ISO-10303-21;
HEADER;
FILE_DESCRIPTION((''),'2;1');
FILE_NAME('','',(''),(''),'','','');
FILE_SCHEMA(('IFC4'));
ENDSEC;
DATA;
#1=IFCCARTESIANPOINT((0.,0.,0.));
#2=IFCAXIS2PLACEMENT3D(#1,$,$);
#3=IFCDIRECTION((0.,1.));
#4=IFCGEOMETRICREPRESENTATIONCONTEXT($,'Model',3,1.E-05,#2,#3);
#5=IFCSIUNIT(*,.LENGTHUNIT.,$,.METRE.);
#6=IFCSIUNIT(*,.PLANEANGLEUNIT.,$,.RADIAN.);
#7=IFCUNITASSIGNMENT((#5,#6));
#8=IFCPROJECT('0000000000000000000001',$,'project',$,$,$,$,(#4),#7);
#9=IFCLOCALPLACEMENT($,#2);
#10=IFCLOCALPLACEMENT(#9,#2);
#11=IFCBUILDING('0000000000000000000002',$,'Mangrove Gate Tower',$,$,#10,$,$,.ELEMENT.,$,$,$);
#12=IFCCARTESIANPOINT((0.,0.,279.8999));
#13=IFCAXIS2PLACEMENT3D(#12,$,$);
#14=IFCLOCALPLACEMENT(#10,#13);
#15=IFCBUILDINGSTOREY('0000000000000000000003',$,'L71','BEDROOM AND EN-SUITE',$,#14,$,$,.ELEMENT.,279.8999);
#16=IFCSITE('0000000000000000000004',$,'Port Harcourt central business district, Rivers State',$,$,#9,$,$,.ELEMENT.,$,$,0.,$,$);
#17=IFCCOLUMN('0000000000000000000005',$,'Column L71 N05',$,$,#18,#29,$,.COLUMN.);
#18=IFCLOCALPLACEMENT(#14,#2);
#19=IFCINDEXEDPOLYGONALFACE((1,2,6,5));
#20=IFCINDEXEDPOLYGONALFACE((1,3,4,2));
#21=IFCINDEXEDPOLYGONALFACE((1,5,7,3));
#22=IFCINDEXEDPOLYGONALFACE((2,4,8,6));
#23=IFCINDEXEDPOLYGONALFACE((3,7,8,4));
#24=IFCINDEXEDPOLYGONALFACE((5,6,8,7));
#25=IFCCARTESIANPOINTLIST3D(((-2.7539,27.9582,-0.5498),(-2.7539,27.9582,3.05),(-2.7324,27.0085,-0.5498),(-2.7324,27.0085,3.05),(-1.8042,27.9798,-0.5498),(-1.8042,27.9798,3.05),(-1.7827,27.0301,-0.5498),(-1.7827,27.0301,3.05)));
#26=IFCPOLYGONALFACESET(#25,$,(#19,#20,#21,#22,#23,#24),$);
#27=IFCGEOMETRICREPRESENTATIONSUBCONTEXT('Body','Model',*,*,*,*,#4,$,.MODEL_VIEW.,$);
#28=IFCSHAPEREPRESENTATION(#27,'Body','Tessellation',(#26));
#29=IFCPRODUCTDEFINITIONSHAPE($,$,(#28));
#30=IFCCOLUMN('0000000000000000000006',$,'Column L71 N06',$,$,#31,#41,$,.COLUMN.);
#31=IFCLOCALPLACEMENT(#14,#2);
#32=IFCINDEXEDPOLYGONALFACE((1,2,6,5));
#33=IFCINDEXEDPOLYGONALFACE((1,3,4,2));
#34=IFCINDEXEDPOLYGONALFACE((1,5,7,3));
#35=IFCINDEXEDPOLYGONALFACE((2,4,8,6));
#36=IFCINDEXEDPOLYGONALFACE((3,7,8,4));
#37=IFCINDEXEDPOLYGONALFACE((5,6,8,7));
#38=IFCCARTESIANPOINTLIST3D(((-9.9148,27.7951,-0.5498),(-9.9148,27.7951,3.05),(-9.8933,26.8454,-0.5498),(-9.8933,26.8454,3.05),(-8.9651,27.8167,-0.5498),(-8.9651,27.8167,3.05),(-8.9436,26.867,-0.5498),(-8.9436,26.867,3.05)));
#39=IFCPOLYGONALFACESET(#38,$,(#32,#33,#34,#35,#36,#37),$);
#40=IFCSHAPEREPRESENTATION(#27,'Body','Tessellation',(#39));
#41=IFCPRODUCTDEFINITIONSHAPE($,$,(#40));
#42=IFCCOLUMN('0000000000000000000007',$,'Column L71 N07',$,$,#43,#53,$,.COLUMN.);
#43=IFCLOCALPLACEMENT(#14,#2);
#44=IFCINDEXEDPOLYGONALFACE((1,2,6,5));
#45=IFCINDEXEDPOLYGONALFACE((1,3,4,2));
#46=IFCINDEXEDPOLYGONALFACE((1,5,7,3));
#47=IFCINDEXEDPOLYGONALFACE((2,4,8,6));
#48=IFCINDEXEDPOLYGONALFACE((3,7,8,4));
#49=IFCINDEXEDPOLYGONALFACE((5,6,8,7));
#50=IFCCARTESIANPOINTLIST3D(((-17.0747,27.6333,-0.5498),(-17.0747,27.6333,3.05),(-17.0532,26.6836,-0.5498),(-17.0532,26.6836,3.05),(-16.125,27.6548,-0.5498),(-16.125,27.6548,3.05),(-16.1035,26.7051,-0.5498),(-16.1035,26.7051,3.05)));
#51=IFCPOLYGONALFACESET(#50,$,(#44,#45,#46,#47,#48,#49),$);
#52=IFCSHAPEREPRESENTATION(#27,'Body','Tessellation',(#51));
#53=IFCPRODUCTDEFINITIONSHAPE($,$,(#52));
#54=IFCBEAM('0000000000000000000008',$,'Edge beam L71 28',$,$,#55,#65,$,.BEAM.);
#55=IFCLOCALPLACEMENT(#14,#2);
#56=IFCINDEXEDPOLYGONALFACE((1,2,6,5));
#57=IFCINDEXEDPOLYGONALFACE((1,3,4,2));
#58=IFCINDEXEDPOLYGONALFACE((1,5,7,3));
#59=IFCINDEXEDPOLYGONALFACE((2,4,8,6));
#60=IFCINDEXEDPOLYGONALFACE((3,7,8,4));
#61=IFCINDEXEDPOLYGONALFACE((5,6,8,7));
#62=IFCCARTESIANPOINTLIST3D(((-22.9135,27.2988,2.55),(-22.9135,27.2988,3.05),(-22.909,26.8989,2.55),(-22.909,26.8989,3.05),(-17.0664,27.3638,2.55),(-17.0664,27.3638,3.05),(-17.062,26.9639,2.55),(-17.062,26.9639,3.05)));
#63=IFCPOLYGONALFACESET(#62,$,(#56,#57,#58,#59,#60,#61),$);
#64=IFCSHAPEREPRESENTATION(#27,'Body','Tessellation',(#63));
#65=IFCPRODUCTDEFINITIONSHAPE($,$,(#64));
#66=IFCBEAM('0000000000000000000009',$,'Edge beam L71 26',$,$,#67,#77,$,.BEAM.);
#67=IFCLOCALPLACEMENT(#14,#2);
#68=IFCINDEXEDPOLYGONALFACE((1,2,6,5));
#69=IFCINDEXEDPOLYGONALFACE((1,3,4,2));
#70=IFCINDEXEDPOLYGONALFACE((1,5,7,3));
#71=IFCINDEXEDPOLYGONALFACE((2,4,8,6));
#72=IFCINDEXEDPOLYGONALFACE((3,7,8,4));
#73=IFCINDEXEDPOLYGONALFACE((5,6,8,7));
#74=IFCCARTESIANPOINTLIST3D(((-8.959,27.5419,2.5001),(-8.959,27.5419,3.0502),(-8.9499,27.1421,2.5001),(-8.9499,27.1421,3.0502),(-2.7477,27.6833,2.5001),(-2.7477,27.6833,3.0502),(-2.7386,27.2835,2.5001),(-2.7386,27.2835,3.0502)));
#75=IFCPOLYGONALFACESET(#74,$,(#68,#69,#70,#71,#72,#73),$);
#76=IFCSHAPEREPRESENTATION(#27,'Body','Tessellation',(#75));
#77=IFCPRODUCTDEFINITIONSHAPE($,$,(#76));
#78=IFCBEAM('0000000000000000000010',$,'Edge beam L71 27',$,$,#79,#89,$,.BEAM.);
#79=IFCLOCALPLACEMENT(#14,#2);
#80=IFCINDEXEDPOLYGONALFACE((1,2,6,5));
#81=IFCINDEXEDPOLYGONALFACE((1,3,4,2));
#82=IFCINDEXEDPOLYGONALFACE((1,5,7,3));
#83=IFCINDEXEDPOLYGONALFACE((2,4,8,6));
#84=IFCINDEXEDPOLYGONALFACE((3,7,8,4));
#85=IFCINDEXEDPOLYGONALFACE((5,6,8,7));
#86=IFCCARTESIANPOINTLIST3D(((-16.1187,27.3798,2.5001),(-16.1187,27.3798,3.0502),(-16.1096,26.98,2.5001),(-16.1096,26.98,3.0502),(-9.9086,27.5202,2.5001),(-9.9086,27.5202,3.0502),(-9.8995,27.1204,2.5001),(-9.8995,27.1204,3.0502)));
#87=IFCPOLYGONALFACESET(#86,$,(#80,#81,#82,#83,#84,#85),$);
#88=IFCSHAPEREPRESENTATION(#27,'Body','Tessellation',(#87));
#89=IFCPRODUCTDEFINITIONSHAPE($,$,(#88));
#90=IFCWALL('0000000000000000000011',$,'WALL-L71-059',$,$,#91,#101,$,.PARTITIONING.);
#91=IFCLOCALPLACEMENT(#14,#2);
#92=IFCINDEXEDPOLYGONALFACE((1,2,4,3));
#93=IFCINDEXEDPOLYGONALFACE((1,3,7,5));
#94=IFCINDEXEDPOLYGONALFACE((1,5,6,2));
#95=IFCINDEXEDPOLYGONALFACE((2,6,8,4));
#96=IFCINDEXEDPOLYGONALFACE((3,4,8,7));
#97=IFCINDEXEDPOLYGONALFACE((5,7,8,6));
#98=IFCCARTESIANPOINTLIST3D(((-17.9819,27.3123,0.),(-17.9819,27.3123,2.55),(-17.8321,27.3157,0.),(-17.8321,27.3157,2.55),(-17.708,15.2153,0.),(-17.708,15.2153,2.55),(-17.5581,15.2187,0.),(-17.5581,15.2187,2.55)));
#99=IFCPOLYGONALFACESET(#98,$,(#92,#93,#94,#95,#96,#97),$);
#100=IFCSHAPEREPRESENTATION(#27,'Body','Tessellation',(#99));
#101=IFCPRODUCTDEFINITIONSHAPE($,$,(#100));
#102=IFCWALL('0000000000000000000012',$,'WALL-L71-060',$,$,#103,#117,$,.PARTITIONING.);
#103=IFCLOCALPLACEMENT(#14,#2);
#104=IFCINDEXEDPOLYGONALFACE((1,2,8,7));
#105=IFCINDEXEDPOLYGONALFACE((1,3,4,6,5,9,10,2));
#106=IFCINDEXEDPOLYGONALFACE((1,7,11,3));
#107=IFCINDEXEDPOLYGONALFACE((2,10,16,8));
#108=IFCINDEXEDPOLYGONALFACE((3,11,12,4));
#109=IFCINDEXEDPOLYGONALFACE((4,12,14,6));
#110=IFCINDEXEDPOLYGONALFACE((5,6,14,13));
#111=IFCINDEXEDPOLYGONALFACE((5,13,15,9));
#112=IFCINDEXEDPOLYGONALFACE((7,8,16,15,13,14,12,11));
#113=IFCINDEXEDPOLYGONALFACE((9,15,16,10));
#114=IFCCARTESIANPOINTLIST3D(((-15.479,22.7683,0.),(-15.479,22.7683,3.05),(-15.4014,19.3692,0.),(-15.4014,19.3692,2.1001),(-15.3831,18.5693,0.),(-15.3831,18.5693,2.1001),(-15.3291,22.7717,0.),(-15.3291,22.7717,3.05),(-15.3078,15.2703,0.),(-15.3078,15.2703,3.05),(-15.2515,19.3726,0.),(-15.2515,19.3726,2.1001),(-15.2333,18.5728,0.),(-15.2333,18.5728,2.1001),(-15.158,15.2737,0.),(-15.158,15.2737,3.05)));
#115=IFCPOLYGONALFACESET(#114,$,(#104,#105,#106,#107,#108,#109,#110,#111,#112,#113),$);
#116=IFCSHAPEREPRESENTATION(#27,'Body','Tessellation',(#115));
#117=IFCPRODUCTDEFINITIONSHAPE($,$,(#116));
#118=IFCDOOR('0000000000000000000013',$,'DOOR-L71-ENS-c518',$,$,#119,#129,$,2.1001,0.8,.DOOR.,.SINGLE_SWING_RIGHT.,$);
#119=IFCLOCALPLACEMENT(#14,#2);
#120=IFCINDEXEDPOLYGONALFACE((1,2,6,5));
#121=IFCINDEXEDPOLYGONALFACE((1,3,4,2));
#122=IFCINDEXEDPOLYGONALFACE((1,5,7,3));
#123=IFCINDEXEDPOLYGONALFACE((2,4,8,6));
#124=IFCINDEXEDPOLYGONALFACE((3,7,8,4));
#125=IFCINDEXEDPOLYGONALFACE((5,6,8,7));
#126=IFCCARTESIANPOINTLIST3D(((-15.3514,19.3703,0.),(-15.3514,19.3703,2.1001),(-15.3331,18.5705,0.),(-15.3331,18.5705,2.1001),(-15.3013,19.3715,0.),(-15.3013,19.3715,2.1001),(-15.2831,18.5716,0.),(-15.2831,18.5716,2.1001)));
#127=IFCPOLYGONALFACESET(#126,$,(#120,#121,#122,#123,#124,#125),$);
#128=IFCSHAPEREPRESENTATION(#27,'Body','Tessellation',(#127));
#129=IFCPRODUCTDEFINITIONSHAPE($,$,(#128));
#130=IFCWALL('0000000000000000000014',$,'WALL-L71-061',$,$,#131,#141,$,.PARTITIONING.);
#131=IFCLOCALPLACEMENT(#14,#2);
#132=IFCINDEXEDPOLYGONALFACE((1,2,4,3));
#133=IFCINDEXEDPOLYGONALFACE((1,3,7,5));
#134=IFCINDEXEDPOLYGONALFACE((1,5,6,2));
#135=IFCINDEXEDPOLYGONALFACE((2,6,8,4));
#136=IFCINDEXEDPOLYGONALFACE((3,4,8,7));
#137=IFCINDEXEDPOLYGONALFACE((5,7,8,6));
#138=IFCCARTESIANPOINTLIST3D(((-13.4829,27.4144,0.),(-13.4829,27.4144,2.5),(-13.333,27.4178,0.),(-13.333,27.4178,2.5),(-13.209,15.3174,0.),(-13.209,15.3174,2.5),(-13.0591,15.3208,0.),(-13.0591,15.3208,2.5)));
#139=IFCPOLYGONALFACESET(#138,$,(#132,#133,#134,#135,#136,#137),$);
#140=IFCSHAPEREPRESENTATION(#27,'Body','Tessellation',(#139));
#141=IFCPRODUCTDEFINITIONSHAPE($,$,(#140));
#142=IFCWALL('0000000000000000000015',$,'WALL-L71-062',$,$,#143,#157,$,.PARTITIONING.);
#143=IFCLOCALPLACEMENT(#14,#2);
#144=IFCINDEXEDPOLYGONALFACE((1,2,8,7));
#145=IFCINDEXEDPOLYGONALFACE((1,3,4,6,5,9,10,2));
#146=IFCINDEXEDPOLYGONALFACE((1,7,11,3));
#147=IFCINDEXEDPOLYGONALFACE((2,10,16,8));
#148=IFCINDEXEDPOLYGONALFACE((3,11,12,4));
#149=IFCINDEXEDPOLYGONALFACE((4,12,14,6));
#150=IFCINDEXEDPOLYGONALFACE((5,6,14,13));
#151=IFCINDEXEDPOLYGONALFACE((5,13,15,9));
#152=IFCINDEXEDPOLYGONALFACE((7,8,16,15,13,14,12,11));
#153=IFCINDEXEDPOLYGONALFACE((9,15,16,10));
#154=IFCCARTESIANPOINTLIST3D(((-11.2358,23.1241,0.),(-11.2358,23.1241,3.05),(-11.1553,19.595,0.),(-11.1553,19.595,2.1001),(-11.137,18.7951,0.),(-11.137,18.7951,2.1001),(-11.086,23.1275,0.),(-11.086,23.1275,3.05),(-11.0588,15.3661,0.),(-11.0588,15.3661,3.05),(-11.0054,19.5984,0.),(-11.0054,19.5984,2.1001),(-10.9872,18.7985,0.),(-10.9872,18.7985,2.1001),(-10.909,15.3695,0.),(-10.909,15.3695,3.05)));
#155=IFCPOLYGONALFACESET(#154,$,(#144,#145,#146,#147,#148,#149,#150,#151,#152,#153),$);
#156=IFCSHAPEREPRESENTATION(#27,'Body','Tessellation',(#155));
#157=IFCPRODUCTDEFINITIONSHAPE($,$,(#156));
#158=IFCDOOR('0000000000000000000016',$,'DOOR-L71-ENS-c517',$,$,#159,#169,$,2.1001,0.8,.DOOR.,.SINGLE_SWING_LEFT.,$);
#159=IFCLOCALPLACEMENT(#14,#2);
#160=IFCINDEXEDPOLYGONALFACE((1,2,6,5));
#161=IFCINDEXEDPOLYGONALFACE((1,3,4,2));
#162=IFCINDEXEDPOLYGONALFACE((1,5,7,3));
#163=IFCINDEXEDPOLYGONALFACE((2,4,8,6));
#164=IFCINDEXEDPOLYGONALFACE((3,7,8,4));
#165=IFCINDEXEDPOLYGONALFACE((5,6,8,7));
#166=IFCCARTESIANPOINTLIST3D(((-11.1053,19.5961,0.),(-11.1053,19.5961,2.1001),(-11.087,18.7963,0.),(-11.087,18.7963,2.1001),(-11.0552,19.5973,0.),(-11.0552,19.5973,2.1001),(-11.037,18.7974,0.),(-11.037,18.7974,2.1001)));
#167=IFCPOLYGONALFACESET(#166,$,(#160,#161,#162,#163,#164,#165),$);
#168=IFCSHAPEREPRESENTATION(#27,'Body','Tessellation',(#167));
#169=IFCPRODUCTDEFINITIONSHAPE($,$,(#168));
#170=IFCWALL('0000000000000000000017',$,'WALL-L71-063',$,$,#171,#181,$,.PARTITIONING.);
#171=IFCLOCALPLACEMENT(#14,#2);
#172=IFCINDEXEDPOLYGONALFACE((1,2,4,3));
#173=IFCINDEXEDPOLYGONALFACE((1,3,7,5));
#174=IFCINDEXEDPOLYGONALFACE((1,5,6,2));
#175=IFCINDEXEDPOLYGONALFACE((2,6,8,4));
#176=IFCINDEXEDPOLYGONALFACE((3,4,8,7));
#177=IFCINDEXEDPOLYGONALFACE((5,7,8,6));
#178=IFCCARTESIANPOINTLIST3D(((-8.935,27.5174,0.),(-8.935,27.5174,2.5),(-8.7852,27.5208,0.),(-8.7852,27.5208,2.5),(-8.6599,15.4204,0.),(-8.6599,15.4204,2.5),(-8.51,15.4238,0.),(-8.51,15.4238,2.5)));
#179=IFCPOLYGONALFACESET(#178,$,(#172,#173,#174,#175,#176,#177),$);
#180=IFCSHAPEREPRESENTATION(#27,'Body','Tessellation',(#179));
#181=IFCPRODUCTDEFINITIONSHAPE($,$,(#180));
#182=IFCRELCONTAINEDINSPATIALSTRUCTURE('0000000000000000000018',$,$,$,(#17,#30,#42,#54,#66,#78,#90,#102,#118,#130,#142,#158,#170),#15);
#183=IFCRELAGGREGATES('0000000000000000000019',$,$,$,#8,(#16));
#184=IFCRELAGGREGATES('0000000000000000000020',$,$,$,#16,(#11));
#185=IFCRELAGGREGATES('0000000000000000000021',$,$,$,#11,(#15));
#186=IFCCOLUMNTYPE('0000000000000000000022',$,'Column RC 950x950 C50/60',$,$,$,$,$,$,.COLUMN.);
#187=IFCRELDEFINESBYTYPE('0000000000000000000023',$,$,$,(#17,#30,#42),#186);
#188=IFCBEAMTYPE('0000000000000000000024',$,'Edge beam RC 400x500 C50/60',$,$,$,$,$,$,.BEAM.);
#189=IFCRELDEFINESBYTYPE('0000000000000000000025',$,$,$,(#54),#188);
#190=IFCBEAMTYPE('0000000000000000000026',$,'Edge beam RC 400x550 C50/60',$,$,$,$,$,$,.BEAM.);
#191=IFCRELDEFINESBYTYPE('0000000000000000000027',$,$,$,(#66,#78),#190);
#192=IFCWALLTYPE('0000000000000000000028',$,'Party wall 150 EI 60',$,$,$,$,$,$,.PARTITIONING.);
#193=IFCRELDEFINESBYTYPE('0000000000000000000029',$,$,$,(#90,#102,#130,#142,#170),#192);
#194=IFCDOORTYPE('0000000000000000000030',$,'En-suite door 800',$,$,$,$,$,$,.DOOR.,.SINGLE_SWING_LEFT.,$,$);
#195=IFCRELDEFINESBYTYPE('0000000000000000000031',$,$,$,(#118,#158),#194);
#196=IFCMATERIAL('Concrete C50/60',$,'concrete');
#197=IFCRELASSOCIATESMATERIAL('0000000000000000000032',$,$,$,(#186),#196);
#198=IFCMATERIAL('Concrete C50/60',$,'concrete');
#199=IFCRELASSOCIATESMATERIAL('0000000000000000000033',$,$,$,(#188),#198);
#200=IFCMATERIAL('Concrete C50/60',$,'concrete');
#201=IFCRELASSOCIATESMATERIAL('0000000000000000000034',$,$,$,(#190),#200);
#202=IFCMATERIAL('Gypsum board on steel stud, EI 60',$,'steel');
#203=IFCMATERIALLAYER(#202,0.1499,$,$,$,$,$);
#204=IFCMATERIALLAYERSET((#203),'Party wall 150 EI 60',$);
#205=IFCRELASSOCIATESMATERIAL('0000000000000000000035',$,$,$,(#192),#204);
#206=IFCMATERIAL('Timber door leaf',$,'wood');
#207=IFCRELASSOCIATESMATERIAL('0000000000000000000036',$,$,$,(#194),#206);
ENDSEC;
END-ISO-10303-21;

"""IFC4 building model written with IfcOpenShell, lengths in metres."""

from ifc_helpers import new_model, si_unit, direction, frame, frame_2d, origin, origin_2d, place, context, subcontext, project, spatial, rectangle, extrude, material, layer, layer_set, material_profile, profile_set, type_object, element, fill, save


model = new_model("IFC4")

# Units and contexts
model_context = context("Model", 3, precision=1e-05, world=origin(), true_north=direction((0.0, 1.0)))
body_context = subcontext(model_context, "Body", "Model", "MODEL_VIEW")
ifc_project = project(units=[si_unit("LENGTHUNIT", "METRE"), si_unit("PLANEANGLEUNIT", "RADIAN")], contexts=[model_context])

# Site, building, storey
site_placement = place(None, origin())
site = spatial("IfcSite", under=ifc_project, at=site_placement, Name="Port Harcourt central business district, Rivers State", CompositionType="ELEMENT", RefElevation=0.0)
building_placement = place(site_placement, origin())
building = spatial("IfcBuilding", under=site, at=building_placement, Name="Mangrove Gate Tower", CompositionType="ELEMENT")
storey_placement = place(building_placement, frame((0.0, 0.0, 279.8999)))
storey = spatial("IfcBuildingStorey", under=building, at=storey_placement, Name="L71", Description="BEDROOM AND EN-SUITE", CompositionType="ELEMENT", Elevation=279.8999)

# Columns
ifc_material_1 = material(Name="Concrete C50/60", Category="concrete")
ifc_material_profile_1 = material_profile(ifc_material_1, rectangle(XDim=0.95, YDim=0.95, at=origin_2d()))
ifc_profile_set_1 = profile_set([ifc_material_profile_1], Name="Concrete C50/60")
column_type = type_object("IfcColumnType", Name="Column RC 950x950 C50/60", PredefinedType="COLUMN", material=ifc_profile_set_1)
for number, where, z_axis, x_axis, name in (
    (1, (-2.2683, 27.4941, -0.5498), (0.0, 0.0, 1.0), (-0.999743, -0.022688, 0.0), "Column L71 N05"),
    (2, (-9.4292, 27.3311, -0.5498), (0.0, 0.0, 1.0), (-0.999743, -0.022688, 0.0), "Column L71 N06"),
    (3, (-16.5891, 27.1692, -0.5498), (0.0, 0.0, 1.0), (-0.999743, -0.022688, 0.0), "Column L71 N07"),
):
    element("IfcColumn", number, at=place(storey_placement, frame(where, z_axis=z_axis, x_axis=x_axis)), inside=storey, type_object=column_type, Name=name, PredefinedType="COLUMN", context=body_context, shape_type="SweptSolid", body=[
        extrude(rectangle(XDim=0.95, YDim=0.95, at=origin_2d()), origin(), (0.0, 0.0, 1.0), 3.5999),
    ])

# Beams
ifc_material_2 = material(Name="Concrete C50/60", Category="concrete")
ifc_material_profile_2 = material_profile(ifc_material_2, rectangle(XDim=0.3999, YDim=0.5, at=origin_2d()))
ifc_profile_set_2 = profile_set([ifc_material_profile_2], Name="Concrete C50/60")
beam_type_1 = type_object("IfcBeamType", Name="Edge beam RC 400x500 C50/60", PredefinedType="BEAM", material=ifc_profile_set_2)
beam_1_placement = place(storey_placement, frame((-17.0642, 27.1638, 2.8), z_axis=(-0.999938, -0.011106, 0.0), x_axis=(0.011106, -0.999938, 0.0)))
element("IfcBeam", 4, at=beam_1_placement, inside=storey, type_object=beam_type_1, Name="Edge beam L71 28", PredefinedType="BEAM", context=body_context, shape_type="SweptSolid", body=[
    extrude(rectangle(XDim=0.3999, YDim=0.5, at=origin_2d()), origin(), (0.0, 0.0, 1.0), 5.8474),
])
ifc_material_3 = material(Name="Concrete C50/60", Category="concrete")
ifc_material_profile_3 = material_profile(ifc_material_3, rectangle(XDim=0.3999, YDim=0.55, at=origin_2d()))
ifc_profile_set_3 = profile_set([ifc_material_profile_3], Name="Concrete C50/60")
beam_type_2 = type_object("IfcBeamType", Name="Edge beam RC 400x550 C50/60", PredefinedType="BEAM", material=ifc_profile_set_3)
beam_2_placement = place(storey_placement, frame((-2.7432, 27.4834, 2.7751), z_axis=(-0.999741, -0.022753, 0.0), x_axis=(0.022753, -0.999741, 0.0)))
element("IfcBeam", 5, at=beam_2_placement, inside=storey, type_object=beam_type_2, Name="Edge beam L71 26", PredefinedType="BEAM", context=body_context, shape_type="SweptSolid", body=[
    extrude(rectangle(XDim=0.3999, YDim=0.55, at=origin_2d()), origin(), (0.0, 0.0, 1.0), 6.2129),
])
beam_3_placement = place(storey_placement, frame((-9.9041, 27.3203, 2.7751), z_axis=(-0.999745, -0.022599, 0.0), x_axis=(0.022599, -0.999745, 0.0)))
element("IfcBeam", 6, at=beam_3_placement, inside=storey, type_object=beam_type_2, Name="Edge beam L71 27", PredefinedType="BEAM", context=body_context, shape_type="SweptSolid", body=[
    extrude(rectangle(XDim=0.3999, YDim=0.55, at=origin_2d()), origin(), (0.0, 0.0, 1.0), 6.2117),
])

# Wall
ifc_material_4 = material(Name="Gypsum board on steel stud, EI 60", Category="steel")
ifc_layer = layer(ifc_material_4, 0.1499)
ifc_layer_set = layer_set([ifc_layer], Name="Party wall 150 EI 60")
wall_type = type_object("IfcWallType", Name="Party wall 150 EI 60", PredefinedType="PARTITIONING", material=ifc_layer_set)
wall_1_placement = place(storey_placement, frame((-17.6331, 15.217, 0.0), z_axis=(0.0, 0.0, 1.0), x_axis=(-0.022638, 0.999744, 0.0)))
element("IfcWall", 7, at=wall_1_placement, inside=storey, type_object=wall_type, Name="WALL-L71-059", PredefinedType="PARTITIONING", context=body_context, shape_type="SweptSolid", body=[
    extrude(rectangle(XDim=12.1001, YDim=0.1499, at=frame_2d((6.05, 0.0))), origin(), (0.0, 0.0, 1.0), 2.55),
])

# Wall, opening, door
wall_2_placement = place(storey_placement, frame((-15.2329, 15.272, 0.0), z_axis=(0.0, 0.0, 1.0), x_axis=(-0.022819, 0.99974, 0.0)))
wall_2 = element("IfcWall", 8, at=wall_2_placement, inside=storey, type_object=wall_type, Name="WALL-L71-060", PredefinedType="PARTITIONING", context=body_context, shape_type="SweptSolid", body=[
    extrude(rectangle(XDim=7.5, YDim=0.1499, at=frame_2d((3.75, 0.0))), origin(), (0.0, 0.0, 1.0), 3.05),
])
opening_1_placement = place(wall_2_placement, frame((3.3, 0.0, 0.0)))
opening_1 = element("IfcOpeningElement", 9, at=opening_1_placement, cuts=wall_2, PredefinedType="OPENING", context=body_context, shape_type="SweptSolid", body=[
    extrude(rectangle(XDim=0.8, YDim=2.1001, at=frame_2d((0.3999, 1.05))), frame((0.0, 0.085, 0.0), z_axis=(0.0, -1.0, 0.0), x_axis=(1.0, 0.0, 0.0)), (0.0, 0.0, 1.0), 0.1699),
])
ifc_material_5 = material(Name="Timber door leaf", Category="wood")
door_type = type_object("IfcDoorType", Name="En-suite door 800", OperationType="SINGLE_SWING_LEFT", PredefinedType="DOOR", material=ifc_material_5)
door_1_placement = place(opening_1_placement, origin())
door_1 = element("IfcDoor", 10, at=door_1_placement, inside=storey, type_object=door_type, Name="DOOR-L71-ENS-c518", OperationType="SINGLE_SWING_RIGHT", OverallHeight=2.1001, OverallWidth=0.8, PredefinedType="DOOR", context=body_context, shape_type="SweptSolid", body=[
    extrude(rectangle(XDim=0.8, YDim=2.1001, at=frame_2d((0.3999, 1.05))), frame((0.0, 0.0249, 0.0), z_axis=(0.0, -1.0, 0.0), x_axis=(1.0, 0.0, 0.0)), (0.0, 0.0, 1.0), 0.05),
])
fill(opening_1, door_1)

# Wall
wall_3_placement = place(storey_placement, frame((-13.134, 15.3191, 0.0), z_axis=(0.0, 0.0, 1.0), x_axis=(-0.022638, 0.999744, 0.0)))
element("IfcWall", 11, at=wall_3_placement, inside=storey, type_object=wall_type, Name="WALL-L71-061", PredefinedType="PARTITIONING", context=body_context, shape_type="SweptSolid", body=[
    extrude(rectangle(XDim=12.1001, YDim=0.1499, at=frame_2d((6.05, 0.0))), origin(), (0.0, 0.0, 1.0), 2.5),
])

# Wall, opening, door
wall_4_placement = place(storey_placement, frame((-10.9839, 15.3679, 0.0), z_axis=(0.0, 0.0, 1.0), x_axis=(-0.022809, 0.99974, 0.0)))
wall_4 = element("IfcWall", 12, at=wall_4_placement, inside=storey, type_object=wall_type, Name="WALL-L71-062", PredefinedType="PARTITIONING", context=body_context, shape_type="SweptSolid", body=[
    extrude(rectangle(XDim=7.76, YDim=0.1499, at=frame_2d((3.8799, 0.0))), origin(), (0.0, 0.0, 1.0), 3.05),
])
opening_2_placement = place(wall_4_placement, frame((3.4299, 0.0, 0.0)))
opening_2 = element("IfcOpeningElement", 13, at=opening_2_placement, cuts=wall_4, PredefinedType="OPENING", context=body_context, shape_type="SweptSolid", body=[
    extrude(rectangle(XDim=0.8, YDim=2.1001, at=frame_2d((0.3999, 1.05))), frame((0.0, 0.085, 0.0), z_axis=(0.0, -1.0, 0.0), x_axis=(1.0, 0.0, 0.0)), (0.0, 0.0, 1.0), 0.1699),
])
door_2_placement = place(opening_2_placement, origin())
door_2 = element("IfcDoor", 14, at=door_2_placement, inside=storey, type_object=door_type, Name="DOOR-L71-ENS-c517", OperationType="SINGLE_SWING_LEFT", OverallHeight=2.1001, OverallWidth=0.8, PredefinedType="DOOR", context=body_context, shape_type="SweptSolid", body=[
    extrude(rectangle(XDim=0.8, YDim=2.1001, at=frame_2d((0.3999, 1.05))), frame((0.0, 0.0249, 0.0), z_axis=(0.0, -1.0, 0.0), x_axis=(1.0, 0.0, 0.0)), (0.0, 0.0, 1.0), 0.05),
])
fill(opening_2, door_2)

# Wall
wall_5_placement = place(storey_placement, frame((-8.585, 15.4221, 0.0), z_axis=(0.0, 0.0, 1.0), x_axis=(-0.022739, 0.999741, 0.0)))
element("IfcWall", 15, at=wall_5_placement, inside=storey, type_object=wall_type, Name="WALL-L71-063", PredefinedType="PARTITIONING", context=body_context, shape_type="SweptSolid", body=[
    extrude(rectangle(XDim=12.1001, YDim=0.1499, at=frame_2d((6.05, 0.0))), origin(), (0.0, 0.0, 1.0), 2.5),
])

save(model, "model.ifc")
